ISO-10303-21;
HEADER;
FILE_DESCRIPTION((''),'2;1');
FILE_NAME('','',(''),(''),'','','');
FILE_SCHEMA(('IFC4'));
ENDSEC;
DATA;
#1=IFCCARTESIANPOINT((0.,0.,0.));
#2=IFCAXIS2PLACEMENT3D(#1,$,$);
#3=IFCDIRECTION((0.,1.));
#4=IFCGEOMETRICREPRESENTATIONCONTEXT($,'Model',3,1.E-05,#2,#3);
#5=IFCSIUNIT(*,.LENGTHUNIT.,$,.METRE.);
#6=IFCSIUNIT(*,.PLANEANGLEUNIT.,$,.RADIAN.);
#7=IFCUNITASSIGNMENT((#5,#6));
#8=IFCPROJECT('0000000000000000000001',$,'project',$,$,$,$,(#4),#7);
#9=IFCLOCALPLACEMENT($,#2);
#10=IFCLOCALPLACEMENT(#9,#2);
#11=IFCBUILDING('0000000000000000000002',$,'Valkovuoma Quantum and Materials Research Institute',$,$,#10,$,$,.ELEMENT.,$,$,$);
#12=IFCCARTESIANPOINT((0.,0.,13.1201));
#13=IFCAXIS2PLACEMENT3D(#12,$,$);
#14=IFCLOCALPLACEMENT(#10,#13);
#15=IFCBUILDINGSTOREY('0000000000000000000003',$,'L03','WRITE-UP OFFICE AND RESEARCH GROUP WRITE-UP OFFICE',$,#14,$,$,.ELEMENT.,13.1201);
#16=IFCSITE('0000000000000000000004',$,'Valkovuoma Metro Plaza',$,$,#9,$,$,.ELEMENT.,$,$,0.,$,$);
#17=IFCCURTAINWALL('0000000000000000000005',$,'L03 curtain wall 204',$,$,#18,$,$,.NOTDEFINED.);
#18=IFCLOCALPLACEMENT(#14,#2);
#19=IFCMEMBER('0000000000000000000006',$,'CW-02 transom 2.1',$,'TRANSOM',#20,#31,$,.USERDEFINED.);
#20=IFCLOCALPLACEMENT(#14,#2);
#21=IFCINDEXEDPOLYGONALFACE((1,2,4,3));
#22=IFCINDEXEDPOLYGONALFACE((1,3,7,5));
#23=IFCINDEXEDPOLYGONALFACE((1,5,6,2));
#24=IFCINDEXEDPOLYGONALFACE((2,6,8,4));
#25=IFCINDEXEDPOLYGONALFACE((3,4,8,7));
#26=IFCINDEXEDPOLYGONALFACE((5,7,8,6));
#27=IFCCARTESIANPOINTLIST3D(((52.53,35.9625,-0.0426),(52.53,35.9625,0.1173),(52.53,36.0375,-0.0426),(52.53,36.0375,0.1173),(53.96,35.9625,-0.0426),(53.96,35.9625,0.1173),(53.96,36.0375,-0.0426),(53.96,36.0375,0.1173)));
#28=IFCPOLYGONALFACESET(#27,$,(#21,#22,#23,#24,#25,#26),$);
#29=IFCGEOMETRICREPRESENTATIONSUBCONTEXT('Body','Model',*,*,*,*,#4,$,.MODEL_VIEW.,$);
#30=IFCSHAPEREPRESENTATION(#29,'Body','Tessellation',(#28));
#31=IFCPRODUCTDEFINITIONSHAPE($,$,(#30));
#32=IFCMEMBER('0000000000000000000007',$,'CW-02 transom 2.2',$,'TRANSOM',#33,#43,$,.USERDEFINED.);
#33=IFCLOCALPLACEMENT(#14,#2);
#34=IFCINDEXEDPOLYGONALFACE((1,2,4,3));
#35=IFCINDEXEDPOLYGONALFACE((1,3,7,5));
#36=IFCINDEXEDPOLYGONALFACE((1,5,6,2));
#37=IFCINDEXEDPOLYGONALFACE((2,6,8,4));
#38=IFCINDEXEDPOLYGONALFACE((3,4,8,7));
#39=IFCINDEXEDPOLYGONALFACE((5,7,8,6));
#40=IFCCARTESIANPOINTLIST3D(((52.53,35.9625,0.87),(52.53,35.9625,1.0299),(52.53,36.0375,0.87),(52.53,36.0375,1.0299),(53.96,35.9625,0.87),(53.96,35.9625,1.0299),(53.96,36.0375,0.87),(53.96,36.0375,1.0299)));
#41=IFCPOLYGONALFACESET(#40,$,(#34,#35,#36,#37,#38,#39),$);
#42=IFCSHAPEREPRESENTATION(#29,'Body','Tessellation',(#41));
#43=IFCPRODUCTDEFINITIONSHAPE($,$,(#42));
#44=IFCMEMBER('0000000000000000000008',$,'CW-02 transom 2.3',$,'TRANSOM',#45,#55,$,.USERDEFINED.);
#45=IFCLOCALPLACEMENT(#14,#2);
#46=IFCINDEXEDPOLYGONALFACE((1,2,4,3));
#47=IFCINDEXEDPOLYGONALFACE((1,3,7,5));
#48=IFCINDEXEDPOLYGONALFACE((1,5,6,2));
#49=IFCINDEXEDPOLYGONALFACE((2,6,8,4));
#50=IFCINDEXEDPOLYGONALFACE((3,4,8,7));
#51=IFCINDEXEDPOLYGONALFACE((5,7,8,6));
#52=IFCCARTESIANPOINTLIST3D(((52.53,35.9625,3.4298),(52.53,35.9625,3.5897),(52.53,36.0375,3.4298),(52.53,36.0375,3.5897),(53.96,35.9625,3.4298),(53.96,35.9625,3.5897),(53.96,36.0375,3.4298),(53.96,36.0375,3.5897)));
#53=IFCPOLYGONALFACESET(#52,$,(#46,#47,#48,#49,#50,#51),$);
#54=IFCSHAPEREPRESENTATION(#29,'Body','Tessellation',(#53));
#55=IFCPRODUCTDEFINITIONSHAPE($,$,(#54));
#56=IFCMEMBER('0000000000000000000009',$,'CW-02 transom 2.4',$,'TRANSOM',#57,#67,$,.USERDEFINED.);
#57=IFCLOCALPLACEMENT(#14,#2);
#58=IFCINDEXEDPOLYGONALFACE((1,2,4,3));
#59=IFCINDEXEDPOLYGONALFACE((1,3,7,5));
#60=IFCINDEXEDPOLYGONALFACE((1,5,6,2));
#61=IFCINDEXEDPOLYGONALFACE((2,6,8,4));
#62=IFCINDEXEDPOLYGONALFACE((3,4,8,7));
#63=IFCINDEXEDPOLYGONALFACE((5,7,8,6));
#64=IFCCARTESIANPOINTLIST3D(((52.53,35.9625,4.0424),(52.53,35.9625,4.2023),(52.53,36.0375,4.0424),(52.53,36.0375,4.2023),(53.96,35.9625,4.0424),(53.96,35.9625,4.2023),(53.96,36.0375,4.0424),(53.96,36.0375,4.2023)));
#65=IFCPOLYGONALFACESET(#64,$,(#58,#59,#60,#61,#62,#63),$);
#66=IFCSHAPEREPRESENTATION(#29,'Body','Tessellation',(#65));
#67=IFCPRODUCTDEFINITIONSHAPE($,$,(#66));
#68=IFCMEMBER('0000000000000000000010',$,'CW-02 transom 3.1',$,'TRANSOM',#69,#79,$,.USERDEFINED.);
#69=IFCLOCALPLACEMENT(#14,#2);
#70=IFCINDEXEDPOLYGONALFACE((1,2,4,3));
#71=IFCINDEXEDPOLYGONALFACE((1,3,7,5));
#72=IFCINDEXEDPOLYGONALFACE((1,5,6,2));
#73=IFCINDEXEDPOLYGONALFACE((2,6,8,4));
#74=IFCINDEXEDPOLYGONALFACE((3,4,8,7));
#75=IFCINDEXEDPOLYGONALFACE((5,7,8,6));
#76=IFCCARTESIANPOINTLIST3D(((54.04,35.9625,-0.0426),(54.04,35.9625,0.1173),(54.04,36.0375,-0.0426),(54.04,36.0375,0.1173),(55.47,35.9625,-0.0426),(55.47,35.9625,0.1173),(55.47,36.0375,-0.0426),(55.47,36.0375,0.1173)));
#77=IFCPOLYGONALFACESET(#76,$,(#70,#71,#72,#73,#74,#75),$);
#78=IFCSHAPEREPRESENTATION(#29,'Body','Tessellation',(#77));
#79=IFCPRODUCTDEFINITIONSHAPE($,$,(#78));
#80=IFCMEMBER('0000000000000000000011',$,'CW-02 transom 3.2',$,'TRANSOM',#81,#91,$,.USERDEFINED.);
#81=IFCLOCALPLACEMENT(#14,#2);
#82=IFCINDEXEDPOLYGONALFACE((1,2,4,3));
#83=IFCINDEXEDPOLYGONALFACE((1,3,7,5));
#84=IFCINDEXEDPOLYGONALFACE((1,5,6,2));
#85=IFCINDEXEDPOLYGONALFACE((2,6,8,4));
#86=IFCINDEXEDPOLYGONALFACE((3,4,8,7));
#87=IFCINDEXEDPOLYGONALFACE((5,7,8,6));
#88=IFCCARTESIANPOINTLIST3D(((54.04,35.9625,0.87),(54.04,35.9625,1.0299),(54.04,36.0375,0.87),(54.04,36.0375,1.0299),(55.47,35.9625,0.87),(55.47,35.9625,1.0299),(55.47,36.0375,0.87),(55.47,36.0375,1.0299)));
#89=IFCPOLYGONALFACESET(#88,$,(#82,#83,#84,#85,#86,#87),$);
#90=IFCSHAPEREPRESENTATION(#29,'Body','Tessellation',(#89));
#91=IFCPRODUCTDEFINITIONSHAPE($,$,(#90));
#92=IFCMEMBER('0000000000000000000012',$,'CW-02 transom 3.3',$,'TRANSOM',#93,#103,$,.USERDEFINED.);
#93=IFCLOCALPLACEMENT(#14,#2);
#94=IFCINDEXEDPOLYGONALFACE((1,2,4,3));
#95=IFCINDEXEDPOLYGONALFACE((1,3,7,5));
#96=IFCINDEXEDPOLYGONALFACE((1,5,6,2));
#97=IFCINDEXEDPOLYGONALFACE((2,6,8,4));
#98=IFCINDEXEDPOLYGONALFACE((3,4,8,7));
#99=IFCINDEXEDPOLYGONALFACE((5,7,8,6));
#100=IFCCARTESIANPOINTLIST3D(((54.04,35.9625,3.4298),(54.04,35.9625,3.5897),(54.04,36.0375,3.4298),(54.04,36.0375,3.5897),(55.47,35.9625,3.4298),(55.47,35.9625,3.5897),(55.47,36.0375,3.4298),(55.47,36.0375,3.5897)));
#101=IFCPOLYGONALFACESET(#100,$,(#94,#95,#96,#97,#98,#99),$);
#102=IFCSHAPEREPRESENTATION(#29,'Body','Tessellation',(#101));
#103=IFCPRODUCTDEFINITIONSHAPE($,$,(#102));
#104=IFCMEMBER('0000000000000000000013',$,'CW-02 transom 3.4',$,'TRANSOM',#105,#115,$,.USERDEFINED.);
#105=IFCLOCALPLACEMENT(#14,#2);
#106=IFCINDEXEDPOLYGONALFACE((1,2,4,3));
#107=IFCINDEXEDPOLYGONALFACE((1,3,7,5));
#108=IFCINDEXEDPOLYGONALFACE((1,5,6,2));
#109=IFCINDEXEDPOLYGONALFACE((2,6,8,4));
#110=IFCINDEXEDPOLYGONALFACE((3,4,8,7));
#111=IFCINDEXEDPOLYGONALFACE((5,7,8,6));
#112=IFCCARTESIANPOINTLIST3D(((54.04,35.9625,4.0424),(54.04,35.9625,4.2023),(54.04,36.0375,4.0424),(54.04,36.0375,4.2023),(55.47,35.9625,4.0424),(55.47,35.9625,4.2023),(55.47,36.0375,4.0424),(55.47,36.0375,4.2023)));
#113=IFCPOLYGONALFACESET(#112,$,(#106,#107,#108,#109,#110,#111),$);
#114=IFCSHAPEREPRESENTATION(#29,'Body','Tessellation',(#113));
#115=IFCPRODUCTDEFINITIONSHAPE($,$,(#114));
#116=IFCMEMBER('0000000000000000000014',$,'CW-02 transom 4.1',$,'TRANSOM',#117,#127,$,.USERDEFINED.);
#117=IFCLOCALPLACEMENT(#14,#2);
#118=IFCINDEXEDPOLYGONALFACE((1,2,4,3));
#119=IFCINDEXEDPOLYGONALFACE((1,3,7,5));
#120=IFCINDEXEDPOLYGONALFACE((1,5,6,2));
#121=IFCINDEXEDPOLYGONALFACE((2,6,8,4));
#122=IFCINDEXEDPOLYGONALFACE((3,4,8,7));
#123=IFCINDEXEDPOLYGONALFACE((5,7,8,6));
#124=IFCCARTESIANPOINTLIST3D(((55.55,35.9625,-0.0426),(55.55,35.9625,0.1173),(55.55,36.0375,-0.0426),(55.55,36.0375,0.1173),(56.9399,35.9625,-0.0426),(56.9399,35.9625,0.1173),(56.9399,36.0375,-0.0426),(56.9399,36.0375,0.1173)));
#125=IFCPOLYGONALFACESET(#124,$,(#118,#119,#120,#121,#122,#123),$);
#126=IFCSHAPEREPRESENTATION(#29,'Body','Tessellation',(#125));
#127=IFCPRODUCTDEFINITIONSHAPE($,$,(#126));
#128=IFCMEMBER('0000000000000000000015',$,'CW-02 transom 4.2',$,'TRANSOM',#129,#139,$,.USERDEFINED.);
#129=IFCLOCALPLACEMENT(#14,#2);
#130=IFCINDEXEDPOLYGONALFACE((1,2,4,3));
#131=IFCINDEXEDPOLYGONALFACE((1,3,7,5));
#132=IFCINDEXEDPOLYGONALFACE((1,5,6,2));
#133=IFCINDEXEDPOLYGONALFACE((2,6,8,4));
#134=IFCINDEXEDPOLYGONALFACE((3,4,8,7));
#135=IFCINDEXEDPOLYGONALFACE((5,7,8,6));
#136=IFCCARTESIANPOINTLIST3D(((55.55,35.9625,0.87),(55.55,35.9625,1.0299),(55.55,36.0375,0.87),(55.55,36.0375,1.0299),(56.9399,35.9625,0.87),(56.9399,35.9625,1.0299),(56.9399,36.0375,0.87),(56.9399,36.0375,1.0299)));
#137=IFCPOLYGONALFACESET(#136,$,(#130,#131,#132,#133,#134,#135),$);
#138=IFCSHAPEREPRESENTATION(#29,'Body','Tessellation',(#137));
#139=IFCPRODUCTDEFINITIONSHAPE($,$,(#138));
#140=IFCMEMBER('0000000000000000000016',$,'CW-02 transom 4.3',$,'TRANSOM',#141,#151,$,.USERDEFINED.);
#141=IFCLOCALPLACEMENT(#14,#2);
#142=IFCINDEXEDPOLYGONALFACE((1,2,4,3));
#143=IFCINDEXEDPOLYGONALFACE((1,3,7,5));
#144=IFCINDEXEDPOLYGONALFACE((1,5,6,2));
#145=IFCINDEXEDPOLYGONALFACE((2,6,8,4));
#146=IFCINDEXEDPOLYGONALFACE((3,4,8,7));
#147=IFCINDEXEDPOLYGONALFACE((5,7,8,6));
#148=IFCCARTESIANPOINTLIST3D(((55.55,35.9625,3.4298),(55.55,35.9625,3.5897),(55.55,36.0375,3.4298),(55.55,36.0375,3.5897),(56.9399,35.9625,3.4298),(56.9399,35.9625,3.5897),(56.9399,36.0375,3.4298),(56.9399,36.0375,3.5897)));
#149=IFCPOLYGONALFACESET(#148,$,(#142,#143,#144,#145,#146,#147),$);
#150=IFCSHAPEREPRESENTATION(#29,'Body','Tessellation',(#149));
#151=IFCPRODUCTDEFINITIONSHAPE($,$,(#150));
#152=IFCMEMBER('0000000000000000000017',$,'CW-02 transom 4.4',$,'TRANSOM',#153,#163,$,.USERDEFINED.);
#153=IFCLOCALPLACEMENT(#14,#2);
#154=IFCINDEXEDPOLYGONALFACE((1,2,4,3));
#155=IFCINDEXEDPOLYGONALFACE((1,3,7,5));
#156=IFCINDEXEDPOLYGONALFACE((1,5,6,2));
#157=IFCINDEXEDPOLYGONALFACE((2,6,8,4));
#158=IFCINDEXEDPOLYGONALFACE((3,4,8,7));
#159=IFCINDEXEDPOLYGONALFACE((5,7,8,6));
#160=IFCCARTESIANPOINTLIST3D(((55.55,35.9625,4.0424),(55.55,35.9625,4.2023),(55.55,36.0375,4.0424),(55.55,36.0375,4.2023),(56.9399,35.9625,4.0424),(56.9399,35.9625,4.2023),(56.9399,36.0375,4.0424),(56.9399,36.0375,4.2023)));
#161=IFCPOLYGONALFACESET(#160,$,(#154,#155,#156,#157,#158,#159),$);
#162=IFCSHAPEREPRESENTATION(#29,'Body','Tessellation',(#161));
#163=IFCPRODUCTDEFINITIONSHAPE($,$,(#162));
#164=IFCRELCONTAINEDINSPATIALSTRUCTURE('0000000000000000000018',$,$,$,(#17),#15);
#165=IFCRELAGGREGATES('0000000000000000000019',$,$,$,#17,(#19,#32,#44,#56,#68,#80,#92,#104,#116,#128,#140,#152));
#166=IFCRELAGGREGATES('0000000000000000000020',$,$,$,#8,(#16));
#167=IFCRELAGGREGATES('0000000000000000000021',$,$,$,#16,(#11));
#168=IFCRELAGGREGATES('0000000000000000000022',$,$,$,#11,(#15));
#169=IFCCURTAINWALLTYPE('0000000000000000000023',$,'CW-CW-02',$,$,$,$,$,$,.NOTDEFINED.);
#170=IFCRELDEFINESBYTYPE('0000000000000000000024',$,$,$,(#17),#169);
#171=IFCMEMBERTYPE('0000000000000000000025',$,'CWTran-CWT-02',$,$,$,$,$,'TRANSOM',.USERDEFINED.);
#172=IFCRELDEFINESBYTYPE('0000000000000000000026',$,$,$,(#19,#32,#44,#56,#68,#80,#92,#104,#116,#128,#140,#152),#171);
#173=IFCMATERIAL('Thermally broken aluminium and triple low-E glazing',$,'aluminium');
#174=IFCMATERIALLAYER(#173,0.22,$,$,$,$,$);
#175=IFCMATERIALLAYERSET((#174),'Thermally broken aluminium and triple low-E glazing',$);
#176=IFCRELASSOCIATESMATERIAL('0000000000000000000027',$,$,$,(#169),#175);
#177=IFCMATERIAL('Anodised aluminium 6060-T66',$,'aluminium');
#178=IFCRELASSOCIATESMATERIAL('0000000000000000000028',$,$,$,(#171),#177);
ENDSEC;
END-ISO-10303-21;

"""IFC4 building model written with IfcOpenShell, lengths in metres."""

from ifc_helpers import new_model, si_unit, direction, frame, origin, origin_2d, place, context, subcontext, project, spatial, rectangle, extrude, material, layer, layer_set, material_profile, profile_set, type_object, element, aggregate, save


model = new_model("IFC4")

# Units and contexts
model_context = context("Model", 3, precision=1e-05, world=origin(), true_north=direction((0.0, 1.0)))
body_context = subcontext(model_context, "Body", "Model", "MODEL_VIEW")
ifc_project = project(units=[si_unit("LENGTHUNIT", "METRE"), si_unit("PLANEANGLEUNIT", "RADIAN")], contexts=[model_context])

# Site, building, storey
site_placement = place(None, origin())
site = spatial("IfcSite", under=ifc_project, at=site_placement, Name="Valkovuoma Metro Plaza", CompositionType="ELEMENT", RefElevation=0.0)
building_placement = place(site_placement, origin())
building = spatial("IfcBuilding", under=site, at=building_placement, Name="Valkovuoma Quantum and Materials Research Institute", CompositionType="ELEMENT")
storey_placement = place(building_placement, frame((0.0, 0.0, 13.1201)))
storey = spatial("IfcBuildingStorey", under=building, at=storey_placement, Name="L03", Description="WRITE-UP OFFICE AND RESEARCH GROUP WRITE-UP OFFICE", CompositionType="ELEMENT", Elevation=13.1201)

# Curtain wall, members
ifc_material_1 = material(Name="Thermally broken aluminium and triple low-E glazing", Category="aluminium")
ifc_layer_1 = layer(ifc_material_1, 0.22)
ifc_layer_set_1 = layer_set([ifc_layer_1], Name="Thermally broken aluminium and triple low-E glazing")
curtain_wall_type = type_object("IfcCurtainWallType", Name="CW-CW-02", PredefinedType="NOTDEFINED", material=ifc_layer_set_1)
curtain_wall_placement = place(storey_placement, origin())
curtain_wall = element("IfcCurtainWall", 1, at=curtain_wall_placement, inside=storey, type_object=curtain_wall_type, Name="L03 curtain wall 204", PredefinedType="NOTDEFINED")
ifc_material_2 = material(Name="Anodised aluminium 6060-T66", Category="aluminium")
ifc_material_profile_1 = material_profile(ifc_material_2, rectangle(XDim=0.075, YDim=0.1599, at=origin_2d()), Name="Anodised aluminium 6060-T66")
ifc_profile_set_1 = profile_set([ifc_material_profile_1], Name="Anodised aluminium 6060-T66")
member_type_1 = type_object("IfcMemberType", Name="CWTran-CWT-02", ElementType="TRANSOM", PredefinedType="USERDEFINED", material=ifc_profile_set_1)
member_1_placement = place(storey_placement, frame((52.53, 36.0, 0.0374), z_axis=(1.0, 0.0, 0.0), x_axis=(0.0, 1.0, 0.0)))
member_1 = element("IfcMember", 2, at=member_1_placement, type_object=member_type_1, Name="CW-02 transom 2.1", ObjectType="TRANSOM", PredefinedType="USERDEFINED", context=body_context, shape_type="SweptSolid", body=[
    extrude(rectangle(XDim=0.075, YDim=0.1599, at=origin_2d()), origin(), (0.0, 0.0, 1.0), 1.4299),
])
member_2_placement = place(storey_placement, frame((52.53, 36.0, 0.95), z_axis=(1.0, 0.0, 0.0), x_axis=(0.0, 1.0, 0.0)))
member_2 = element("IfcMember", 3, at=member_2_placement, type_object=member_type_1, Name="CW-02 transom 2.2", ObjectType="TRANSOM", PredefinedType="USERDEFINED", context=body_context, shape_type="SweptSolid", body=[
    extrude(rectangle(XDim=0.075, YDim=0.1599, at=origin_2d()), origin(), (0.0, 0.0, 1.0), 1.4299),
])
member_3_placement = place(storey_placement, frame((52.53, 36.0, 3.5098), z_axis=(1.0, 0.0, 0.0), x_axis=(0.0, 1.0, 0.0)))
member_3 = element("IfcMember", 4, at=member_3_placement, type_object=member_type_1, Name="CW-02 transom 2.3", ObjectType="TRANSOM", PredefinedType="USERDEFINED", context=body_context, shape_type="SweptSolid", body=[
    extrude(rectangle(XDim=0.075, YDim=0.1599, at=origin_2d()), origin(), (0.0, 0.0, 1.0), 1.4299),
])
member_4_placement = place(storey_placement, frame((52.53, 36.0, 4.1223), z_axis=(1.0, 0.0, 0.0), x_axis=(0.0, 1.0, 0.0)))
member_4 = element("IfcMember", 5, at=member_4_placement, type_object=member_type_1, Name="CW-02 transom 2.4", ObjectType="TRANSOM", PredefinedType="USERDEFINED", context=body_context, shape_type="SweptSolid", body=[
    extrude(rectangle(XDim=0.075, YDim=0.1599, at=origin_2d()), origin(), (0.0, 0.0, 1.0), 1.4299),
])
member_5_placement = place(storey_placement, frame((54.04, 36.0, 0.0374), z_axis=(1.0, 0.0, 0.0), x_axis=(0.0, 1.0, 0.0)))
member_5 = element("IfcMember", 6, at=member_5_placement, type_object=member_type_1, Name="CW-02 transom 3.1", ObjectType="TRANSOM", PredefinedType="USERDEFINED", context=body_context, shape_type="SweptSolid", body=[
    extrude(rectangle(XDim=0.075, YDim=0.1599, at=origin_2d()), origin(), (0.0, 0.0, 1.0), 1.4299),
])
member_6_placement = place(storey_placement, frame((54.04, 36.0, 0.95), z_axis=(1.0, 0.0, 0.0), x_axis=(0.0, 1.0, 0.0)))
member_6 = element("IfcMember", 7, at=member_6_placement, type_object=member_type_1, Name="CW-02 transom 3.2", ObjectType="TRANSOM", PredefinedType="USERDEFINED", context=body_context, shape_type="SweptSolid", body=[
    extrude(rectangle(XDim=0.075, YDim=0.1599, at=origin_2d()), origin(), (0.0, 0.0, 1.0), 1.4299),
])
member_7_placement = place(storey_placement, frame((54.04, 36.0, 3.5098), z_axis=(1.0, 0.0, 0.0), x_axis=(0.0, 1.0, 0.0)))
member_7 = element("IfcMember", 8, at=member_7_placement, type_object=member_type_1, Name="CW-02 transom 3.3", ObjectType="TRANSOM", PredefinedType="USERDEFINED", context=body_context, shape_type="SweptSolid", body=[
    extrude(rectangle(XDim=0.075, YDim=0.1599, at=origin_2d()), origin(), (0.0, 0.0, 1.0), 1.4299),
])
member_8_placement = place(storey_placement, frame((54.04, 36.0, 4.1223), z_axis=(1.0, 0.0, 0.0), x_axis=(0.0, 1.0, 0.0)))
member_8 = element("IfcMember", 9, at=member_8_placement, type_object=member_type_1, Name="CW-02 transom 3.4", ObjectType="TRANSOM", PredefinedType="USERDEFINED", context=body_context, shape_type="SweptSolid", body=[
    extrude(rectangle(XDim=0.075, YDim=0.1599, at=origin_2d()), origin(), (0.0, 0.0, 1.0), 1.4299),
])
member_9_placement = place(storey_placement, frame((55.55, 36.0, 0.0374), z_axis=(1.0, 0.0, 0.0), x_axis=(0.0, 1.0, 0.0)))
member_9 = element("IfcMember", 10, at=member_9_placement, type_object=member_type_1, Name="CW-02 transom 4.1", ObjectType="TRANSOM", PredefinedType="USERDEFINED", context=body_context, shape_type="SweptSolid", body=[
    extrude(rectangle(XDim=0.075, YDim=0.1599, at=origin_2d()), origin(), (0.0, 0.0, 1.0), 1.3899),
])
member_10_placement = place(storey_placement, frame((55.55, 36.0, 0.95), z_axis=(1.0, 0.0, 0.0), x_axis=(0.0, 1.0, 0.0)))
member_10 = element("IfcMember", 11, at=member_10_placement, type_object=member_type_1, Name="CW-02 transom 4.2", ObjectType="TRANSOM", PredefinedType="USERDEFINED", context=body_context, shape_type="SweptSolid", body=[
    extrude(rectangle(XDim=0.075, YDim=0.1599, at=origin_2d()), origin(), (0.0, 0.0, 1.0), 1.3899),
])
member_11_placement = place(storey_placement, frame((55.55, 36.0, 3.5098), z_axis=(1.0, 0.0, 0.0), x_axis=(0.0, 1.0, 0.0)))
member_11 = element("IfcMember", 12, at=member_11_placement, type_object=member_type_1, Name="CW-02 transom 4.3", ObjectType="TRANSOM", PredefinedType="USERDEFINED", context=body_context, shape_type="SweptSolid", body=[
    extrude(rectangle(XDim=0.075, YDim=0.1599, at=origin_2d()), origin(), (0.0, 0.0, 1.0), 1.3899),
])
member_12_placement = place(storey_placement, frame((55.55, 36.0, 4.1223), z_axis=(1.0, 0.0, 0.0), x_axis=(0.0, 1.0, 0.0)))
member_12 = element("IfcMember", 13, at=member_12_placement, type_object=member_type_1, Name="CW-02 transom 4.4", ObjectType="TRANSOM", PredefinedType="USERDEFINED", context=body_context, shape_type="SweptSolid", body=[
    extrude(rectangle(XDim=0.075, YDim=0.1599, at=origin_2d()), origin(), (0.0, 0.0, 1.0), 1.3899),
])

aggregate(curtain_wall, [member_1, member_2, member_3, member_4, member_5, member_6, member_7, member_8, member_9, member_10, member_11, member_12])

save(model, "model.ifc")
